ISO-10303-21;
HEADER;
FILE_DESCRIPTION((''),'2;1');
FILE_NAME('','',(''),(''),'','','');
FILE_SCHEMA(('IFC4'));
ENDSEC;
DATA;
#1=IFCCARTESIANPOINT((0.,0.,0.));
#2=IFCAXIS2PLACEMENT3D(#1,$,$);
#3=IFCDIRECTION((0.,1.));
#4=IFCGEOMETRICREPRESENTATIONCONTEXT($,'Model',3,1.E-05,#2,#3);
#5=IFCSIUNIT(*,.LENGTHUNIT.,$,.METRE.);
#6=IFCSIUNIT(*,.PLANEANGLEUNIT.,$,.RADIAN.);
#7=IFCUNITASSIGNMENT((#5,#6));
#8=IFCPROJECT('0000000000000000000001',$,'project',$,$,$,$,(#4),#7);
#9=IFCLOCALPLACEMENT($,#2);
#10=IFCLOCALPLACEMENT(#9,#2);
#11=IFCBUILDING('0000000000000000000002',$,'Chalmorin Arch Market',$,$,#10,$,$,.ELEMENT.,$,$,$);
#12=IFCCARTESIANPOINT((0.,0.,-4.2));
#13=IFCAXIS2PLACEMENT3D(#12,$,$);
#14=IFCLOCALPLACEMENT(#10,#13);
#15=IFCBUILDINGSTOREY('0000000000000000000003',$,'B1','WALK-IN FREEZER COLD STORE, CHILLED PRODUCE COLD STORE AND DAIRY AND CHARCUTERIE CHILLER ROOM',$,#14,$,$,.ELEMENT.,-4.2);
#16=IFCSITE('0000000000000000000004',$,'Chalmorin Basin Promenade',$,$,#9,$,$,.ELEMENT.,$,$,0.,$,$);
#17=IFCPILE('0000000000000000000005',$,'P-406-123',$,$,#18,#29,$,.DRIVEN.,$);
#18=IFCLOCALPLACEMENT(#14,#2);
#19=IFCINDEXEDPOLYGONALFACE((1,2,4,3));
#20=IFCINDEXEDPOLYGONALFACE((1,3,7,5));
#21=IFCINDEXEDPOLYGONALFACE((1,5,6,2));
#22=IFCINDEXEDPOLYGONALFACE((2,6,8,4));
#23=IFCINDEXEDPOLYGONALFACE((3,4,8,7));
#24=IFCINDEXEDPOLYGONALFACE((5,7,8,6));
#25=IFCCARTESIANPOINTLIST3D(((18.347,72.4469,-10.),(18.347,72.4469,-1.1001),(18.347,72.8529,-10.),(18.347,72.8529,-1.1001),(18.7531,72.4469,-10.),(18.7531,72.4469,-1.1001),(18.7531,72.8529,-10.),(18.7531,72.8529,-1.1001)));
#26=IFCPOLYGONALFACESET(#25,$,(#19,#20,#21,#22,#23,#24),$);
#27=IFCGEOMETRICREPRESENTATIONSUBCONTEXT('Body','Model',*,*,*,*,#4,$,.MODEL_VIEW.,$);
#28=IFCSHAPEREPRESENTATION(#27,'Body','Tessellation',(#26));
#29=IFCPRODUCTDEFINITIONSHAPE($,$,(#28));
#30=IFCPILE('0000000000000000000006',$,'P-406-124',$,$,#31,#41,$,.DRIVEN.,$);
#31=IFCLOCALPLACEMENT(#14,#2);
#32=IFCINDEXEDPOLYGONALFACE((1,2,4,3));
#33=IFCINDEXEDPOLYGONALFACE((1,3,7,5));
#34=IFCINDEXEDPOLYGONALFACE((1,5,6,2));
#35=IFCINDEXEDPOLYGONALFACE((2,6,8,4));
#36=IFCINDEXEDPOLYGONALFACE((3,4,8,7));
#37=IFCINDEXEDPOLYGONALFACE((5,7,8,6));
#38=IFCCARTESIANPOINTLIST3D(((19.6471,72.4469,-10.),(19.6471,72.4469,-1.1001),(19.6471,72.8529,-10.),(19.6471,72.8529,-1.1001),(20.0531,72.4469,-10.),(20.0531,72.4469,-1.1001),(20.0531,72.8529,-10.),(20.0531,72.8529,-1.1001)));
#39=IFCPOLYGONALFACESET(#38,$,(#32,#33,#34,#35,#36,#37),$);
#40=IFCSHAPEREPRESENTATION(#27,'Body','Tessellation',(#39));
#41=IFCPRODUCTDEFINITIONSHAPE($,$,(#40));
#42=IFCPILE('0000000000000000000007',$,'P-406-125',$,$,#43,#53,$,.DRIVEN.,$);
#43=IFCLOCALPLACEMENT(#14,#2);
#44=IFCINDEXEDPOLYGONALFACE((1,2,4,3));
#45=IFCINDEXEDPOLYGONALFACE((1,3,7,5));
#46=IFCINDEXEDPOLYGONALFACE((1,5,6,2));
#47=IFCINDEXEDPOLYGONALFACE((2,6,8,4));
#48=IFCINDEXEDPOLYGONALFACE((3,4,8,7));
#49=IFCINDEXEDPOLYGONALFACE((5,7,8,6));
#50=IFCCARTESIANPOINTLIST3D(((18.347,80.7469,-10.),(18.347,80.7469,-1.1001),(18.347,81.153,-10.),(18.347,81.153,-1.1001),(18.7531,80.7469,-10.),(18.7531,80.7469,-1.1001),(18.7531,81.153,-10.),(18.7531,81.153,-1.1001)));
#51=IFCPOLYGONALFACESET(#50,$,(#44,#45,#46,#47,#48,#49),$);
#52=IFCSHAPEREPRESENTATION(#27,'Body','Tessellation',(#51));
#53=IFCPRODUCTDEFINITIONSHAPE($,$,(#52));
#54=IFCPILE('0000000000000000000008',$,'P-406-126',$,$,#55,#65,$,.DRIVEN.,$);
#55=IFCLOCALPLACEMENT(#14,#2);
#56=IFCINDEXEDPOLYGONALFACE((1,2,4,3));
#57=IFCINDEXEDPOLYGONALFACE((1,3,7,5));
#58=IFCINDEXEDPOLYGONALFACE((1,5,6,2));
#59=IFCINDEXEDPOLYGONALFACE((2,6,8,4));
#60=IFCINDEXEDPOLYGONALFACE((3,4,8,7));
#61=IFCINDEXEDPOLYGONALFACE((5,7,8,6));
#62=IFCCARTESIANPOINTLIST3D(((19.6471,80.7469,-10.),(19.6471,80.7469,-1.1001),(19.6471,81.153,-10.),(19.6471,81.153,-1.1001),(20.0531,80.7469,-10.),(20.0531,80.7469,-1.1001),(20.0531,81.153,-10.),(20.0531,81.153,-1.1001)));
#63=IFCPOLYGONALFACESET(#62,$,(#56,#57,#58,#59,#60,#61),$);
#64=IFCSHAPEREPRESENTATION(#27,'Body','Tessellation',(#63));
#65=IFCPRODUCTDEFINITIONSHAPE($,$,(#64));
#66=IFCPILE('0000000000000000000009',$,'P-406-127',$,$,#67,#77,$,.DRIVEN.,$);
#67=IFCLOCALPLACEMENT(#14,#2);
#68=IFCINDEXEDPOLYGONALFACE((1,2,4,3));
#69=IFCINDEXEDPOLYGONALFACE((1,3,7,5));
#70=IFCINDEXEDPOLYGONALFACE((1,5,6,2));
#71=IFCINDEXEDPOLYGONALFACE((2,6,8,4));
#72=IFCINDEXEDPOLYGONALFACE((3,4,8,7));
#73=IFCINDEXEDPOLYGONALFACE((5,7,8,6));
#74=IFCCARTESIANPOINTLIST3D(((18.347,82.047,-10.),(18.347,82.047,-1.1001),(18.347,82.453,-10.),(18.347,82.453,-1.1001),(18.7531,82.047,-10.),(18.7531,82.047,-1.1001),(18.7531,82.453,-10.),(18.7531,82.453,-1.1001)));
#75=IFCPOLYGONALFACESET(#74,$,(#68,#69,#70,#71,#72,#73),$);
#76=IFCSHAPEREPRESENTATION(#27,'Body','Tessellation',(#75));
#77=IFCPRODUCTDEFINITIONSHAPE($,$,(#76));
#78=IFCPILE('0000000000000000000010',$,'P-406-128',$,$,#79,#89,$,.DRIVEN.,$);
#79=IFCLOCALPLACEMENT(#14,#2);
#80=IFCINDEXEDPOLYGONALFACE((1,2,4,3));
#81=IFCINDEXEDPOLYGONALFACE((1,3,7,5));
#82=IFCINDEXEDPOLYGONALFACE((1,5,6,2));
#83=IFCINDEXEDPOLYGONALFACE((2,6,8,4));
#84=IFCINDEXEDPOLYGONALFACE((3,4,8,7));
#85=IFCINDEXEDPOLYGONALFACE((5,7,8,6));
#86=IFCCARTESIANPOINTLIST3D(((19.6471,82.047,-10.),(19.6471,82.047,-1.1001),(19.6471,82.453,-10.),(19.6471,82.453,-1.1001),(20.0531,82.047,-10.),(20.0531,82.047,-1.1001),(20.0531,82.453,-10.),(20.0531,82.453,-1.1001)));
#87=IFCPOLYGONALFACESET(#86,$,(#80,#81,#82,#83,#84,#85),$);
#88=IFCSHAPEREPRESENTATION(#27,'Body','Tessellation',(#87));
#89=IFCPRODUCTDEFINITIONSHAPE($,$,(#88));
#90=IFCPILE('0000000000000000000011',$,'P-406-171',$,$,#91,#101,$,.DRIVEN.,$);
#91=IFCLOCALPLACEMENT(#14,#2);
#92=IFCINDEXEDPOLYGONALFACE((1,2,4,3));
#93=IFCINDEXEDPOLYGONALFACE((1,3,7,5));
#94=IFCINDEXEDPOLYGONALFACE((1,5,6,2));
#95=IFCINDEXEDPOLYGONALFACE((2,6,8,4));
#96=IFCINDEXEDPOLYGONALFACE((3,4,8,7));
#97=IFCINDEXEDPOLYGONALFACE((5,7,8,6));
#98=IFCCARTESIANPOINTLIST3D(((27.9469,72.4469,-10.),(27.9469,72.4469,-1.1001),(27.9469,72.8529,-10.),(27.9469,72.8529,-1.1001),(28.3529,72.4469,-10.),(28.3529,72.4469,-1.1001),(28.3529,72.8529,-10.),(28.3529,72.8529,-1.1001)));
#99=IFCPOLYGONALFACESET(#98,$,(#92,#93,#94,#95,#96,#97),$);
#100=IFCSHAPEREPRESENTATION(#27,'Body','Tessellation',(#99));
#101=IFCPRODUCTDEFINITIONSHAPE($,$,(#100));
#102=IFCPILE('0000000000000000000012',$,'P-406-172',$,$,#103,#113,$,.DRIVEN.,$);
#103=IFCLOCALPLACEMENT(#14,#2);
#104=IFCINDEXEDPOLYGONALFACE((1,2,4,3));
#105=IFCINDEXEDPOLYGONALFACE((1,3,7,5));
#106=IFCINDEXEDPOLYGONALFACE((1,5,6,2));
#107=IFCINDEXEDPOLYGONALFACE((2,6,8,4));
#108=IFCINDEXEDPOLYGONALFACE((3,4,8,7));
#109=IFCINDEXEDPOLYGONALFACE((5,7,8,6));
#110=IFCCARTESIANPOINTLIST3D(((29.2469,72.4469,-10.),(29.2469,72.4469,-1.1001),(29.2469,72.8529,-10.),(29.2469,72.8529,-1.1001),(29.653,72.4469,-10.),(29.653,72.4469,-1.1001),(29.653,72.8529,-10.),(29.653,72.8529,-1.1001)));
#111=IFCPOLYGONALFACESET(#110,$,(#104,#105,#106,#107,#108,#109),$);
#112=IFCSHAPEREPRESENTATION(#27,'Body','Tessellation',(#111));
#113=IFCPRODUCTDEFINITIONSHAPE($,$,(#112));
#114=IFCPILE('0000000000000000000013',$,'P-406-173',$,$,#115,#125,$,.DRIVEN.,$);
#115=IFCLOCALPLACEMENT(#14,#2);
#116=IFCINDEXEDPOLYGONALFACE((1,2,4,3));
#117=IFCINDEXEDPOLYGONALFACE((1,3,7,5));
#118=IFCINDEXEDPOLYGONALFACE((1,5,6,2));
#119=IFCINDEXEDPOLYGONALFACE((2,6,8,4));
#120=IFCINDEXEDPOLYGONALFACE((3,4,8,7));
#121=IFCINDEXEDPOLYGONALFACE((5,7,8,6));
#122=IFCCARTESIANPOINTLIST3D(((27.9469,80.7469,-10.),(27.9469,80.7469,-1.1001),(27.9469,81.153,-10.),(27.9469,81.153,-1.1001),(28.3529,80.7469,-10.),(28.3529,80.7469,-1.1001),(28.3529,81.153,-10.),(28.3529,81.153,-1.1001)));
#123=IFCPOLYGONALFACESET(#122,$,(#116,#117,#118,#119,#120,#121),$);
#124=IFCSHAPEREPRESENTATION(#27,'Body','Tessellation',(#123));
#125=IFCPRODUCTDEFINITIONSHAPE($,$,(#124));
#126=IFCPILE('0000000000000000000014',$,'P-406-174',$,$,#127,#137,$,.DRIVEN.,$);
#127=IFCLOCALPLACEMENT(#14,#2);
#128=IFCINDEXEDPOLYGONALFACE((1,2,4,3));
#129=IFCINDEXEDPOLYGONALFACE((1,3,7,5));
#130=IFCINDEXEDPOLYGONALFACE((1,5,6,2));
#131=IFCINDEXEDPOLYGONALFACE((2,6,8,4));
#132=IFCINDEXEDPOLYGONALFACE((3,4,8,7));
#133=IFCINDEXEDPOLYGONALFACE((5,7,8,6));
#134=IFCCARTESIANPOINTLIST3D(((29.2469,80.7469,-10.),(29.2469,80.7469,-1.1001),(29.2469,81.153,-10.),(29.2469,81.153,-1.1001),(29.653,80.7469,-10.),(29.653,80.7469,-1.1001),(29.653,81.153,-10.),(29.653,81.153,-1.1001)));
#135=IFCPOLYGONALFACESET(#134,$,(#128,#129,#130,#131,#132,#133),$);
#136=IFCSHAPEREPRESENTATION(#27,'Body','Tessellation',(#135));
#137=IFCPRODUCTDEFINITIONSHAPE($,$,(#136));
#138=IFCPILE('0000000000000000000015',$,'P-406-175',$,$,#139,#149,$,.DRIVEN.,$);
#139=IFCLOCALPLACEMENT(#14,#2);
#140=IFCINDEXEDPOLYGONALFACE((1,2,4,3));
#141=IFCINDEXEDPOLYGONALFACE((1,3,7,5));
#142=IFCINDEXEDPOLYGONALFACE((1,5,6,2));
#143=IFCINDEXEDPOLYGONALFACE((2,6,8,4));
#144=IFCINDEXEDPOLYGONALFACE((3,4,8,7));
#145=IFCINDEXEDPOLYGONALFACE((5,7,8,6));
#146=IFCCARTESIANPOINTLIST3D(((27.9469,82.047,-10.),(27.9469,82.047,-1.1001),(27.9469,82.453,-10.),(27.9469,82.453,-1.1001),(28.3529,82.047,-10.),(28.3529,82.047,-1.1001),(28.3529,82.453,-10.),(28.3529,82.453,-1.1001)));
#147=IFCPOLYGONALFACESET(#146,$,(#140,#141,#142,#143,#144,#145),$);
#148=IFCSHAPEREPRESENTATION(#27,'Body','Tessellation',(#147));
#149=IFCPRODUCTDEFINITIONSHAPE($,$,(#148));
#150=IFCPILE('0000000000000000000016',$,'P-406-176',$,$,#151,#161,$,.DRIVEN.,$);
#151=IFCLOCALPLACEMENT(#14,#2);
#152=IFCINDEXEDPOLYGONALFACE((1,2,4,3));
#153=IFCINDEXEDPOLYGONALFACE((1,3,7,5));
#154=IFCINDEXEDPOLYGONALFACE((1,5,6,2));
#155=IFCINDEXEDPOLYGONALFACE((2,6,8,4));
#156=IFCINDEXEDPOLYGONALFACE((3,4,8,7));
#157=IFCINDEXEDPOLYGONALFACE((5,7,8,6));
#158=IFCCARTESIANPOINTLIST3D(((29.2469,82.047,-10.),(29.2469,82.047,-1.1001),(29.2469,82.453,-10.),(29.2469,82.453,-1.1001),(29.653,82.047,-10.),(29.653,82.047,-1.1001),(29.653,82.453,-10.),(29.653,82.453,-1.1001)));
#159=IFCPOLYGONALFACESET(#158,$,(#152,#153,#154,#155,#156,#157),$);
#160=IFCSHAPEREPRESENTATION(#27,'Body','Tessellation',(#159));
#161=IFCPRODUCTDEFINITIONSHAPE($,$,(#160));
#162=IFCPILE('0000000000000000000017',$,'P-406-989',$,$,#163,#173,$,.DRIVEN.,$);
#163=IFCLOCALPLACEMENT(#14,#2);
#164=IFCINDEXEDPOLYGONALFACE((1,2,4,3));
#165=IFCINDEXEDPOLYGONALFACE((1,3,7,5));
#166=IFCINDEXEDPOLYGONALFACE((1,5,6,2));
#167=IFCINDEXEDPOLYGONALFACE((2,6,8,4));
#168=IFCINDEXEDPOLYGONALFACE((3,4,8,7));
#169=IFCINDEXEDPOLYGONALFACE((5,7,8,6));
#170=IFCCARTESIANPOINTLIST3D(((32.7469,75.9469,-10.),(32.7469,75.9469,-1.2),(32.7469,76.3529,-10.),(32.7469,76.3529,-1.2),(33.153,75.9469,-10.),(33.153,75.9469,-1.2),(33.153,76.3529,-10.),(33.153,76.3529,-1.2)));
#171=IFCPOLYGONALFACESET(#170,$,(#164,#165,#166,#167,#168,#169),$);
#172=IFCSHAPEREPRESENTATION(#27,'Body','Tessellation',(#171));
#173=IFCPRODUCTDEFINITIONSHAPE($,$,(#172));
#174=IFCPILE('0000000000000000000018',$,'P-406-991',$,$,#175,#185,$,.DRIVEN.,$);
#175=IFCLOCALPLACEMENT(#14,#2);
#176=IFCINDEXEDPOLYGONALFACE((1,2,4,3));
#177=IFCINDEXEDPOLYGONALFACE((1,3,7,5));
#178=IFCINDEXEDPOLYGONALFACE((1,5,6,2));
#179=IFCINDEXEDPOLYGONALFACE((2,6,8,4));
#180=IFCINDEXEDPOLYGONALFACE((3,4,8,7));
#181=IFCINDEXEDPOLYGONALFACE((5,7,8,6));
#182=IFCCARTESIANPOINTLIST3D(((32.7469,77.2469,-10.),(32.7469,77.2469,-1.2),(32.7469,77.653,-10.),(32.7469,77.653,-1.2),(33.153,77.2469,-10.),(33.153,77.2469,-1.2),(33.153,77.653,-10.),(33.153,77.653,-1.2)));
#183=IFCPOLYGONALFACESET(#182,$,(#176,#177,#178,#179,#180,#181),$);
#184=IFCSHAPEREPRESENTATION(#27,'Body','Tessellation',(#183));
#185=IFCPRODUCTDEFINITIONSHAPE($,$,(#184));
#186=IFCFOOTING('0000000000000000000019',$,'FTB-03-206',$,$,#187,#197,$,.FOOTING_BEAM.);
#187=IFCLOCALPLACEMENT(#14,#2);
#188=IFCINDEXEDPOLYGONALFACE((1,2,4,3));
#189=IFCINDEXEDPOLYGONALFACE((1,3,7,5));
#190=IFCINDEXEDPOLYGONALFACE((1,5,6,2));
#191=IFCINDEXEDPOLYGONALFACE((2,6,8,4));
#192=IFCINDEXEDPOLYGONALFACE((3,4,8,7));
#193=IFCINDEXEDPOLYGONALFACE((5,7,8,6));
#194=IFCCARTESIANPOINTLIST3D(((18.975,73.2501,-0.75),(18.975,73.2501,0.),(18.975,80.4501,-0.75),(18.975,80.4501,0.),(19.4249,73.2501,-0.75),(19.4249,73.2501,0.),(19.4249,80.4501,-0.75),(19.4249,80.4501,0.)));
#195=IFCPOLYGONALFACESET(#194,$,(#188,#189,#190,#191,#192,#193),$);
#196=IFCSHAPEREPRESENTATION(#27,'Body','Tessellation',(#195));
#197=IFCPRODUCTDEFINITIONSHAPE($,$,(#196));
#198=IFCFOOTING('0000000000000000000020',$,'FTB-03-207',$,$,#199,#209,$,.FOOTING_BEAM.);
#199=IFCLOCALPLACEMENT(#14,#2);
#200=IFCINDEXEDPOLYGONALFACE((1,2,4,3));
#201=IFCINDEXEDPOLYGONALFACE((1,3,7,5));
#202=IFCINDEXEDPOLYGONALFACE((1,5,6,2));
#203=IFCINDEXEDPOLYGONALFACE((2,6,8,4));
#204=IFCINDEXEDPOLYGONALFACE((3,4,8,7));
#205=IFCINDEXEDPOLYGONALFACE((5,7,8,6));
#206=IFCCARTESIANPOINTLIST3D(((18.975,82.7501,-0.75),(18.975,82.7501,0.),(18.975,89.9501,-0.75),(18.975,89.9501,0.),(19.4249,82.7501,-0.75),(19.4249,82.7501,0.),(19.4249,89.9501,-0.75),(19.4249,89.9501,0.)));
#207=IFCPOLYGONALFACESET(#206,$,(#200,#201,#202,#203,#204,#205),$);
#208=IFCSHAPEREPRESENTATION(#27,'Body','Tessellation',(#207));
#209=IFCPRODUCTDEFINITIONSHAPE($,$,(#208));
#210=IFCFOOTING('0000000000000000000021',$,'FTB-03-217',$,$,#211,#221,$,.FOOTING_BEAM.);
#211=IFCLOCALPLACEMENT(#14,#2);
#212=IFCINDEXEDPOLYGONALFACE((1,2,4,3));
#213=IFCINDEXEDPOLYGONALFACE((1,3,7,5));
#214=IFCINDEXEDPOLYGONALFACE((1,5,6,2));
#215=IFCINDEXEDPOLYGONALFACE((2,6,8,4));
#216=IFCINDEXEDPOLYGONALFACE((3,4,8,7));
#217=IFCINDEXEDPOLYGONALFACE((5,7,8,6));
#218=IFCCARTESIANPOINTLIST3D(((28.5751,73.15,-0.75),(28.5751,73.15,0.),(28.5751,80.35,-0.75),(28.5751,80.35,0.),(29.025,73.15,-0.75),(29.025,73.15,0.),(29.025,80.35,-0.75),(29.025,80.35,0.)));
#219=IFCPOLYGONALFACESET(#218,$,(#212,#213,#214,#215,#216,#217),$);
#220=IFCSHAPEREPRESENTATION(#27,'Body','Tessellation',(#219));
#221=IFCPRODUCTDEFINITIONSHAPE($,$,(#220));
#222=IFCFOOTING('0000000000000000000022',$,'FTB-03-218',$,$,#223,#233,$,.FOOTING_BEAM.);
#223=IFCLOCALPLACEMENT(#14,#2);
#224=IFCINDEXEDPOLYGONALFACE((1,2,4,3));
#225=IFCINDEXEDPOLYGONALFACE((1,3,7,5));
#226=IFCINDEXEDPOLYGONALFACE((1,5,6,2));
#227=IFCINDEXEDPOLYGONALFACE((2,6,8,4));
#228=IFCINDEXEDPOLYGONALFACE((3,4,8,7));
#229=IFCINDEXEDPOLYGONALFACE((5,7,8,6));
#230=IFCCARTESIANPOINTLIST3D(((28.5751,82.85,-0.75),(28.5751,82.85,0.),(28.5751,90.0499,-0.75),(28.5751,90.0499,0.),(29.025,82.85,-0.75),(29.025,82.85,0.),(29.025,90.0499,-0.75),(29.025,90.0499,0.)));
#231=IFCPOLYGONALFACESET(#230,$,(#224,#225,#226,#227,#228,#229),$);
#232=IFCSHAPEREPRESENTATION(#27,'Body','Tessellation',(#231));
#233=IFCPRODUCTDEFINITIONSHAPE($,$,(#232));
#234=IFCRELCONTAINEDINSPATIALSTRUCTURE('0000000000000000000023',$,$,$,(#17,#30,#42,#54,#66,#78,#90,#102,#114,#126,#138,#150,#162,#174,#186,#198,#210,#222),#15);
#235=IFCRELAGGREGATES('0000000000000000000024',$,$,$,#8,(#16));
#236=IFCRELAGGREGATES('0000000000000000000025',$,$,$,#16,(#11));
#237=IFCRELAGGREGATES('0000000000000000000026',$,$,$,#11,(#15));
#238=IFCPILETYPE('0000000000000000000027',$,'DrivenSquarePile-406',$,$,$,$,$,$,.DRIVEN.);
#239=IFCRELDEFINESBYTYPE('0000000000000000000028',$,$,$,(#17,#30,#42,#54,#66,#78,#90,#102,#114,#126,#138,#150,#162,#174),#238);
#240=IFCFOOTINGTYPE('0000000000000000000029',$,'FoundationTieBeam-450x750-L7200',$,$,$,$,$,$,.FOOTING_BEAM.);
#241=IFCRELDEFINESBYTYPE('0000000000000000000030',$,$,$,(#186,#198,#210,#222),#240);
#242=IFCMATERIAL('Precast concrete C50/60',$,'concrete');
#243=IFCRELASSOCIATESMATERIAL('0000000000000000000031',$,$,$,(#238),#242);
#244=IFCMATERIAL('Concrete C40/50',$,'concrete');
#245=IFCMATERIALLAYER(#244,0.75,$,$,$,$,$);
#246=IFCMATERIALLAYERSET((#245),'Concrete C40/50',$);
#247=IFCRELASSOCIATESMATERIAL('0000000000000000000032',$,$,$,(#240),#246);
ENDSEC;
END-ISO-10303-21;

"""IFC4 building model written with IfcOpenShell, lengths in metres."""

from ifc_helpers import new_model, si_unit, direction, frame, origin, origin_2d, place, context, subcontext, project, spatial, rectangle, extrude, material, layer, layer_set, material_profile, profile_set, type_object, element, save


model = new_model("IFC4")

# Units and contexts
model_context = context("Model", 3, precision=1e-05, world=origin(), true_north=direction((0.0, 1.0)))
body_context = subcontext(model_context, "Body", "Model", "MODEL_VIEW")
ifc_project = project(units=[si_unit("LENGTHUNIT", "METRE"), si_unit("PLANEANGLEUNIT", "RADIAN")], contexts=[model_context])

# Site, building, storey
site_placement = place(None, origin())
site = spatial("IfcSite", under=ifc_project, at=site_placement, Name="Chalmorin Basin Promenade", CompositionType="ELEMENT", RefElevation=0.0)
building_placement = place(site_placement, origin())
building = spatial("IfcBuilding", under=site, at=building_placement, Name="Chalmorin Arch Market", CompositionType="ELEMENT")
storey_placement = place(building_placement, frame((0.0, 0.0, -4.2)))
storey = spatial("IfcBuildingStorey", under=building, at=storey_placement, Name="B1", Description="WALK-IN FREEZER COLD STORE, CHILLED PRODUCE COLD STORE AND DAIRY AND CHARCUTERIE CHILLER ROOM", CompositionType="ELEMENT", Elevation=-4.2)

# Piles
ifc_material_1 = material(Name="Precast concrete C50/60", Category="concrete")
ifc_material_profile_1 = material_profile(ifc_material_1, rectangle(XDim=0.406, YDim=0.406, at=origin_2d()), Name="PPC406")
ifc_profile_set_1 = profile_set([ifc_material_profile_1], Name="Precast concrete C50/60")
pile_type = type_object("IfcPileType", Name="DrivenSquarePile-406", PredefinedType="DRIVEN", material=ifc_profile_set_1)
for number, where, z_axis, x_axis, name in (
    (1, (18.55, 72.6499, -1.1001), (0.0, 0.0, -1.0), (1.0, 0.0, 0.0), "P-406-123"),
    (2, (19.8501, 72.6499, -1.1001), (0.0, 0.0, -1.0), (1.0, 0.0, 0.0), "P-406-124"),
    (3, (18.55, 80.95, -1.1001), (0.0, 0.0, -1.0), (1.0, 0.0, 0.0), "P-406-125"),
    (4, (19.8501, 80.95, -1.1001), (0.0, 0.0, -1.0), (1.0, 0.0, 0.0), "P-406-126"),
    (5, (18.55, 82.25, -1.1001), (0.0, 0.0, -1.0), (1.0, 0.0, 0.0), "P-406-127"),
    (6, (19.8501, 82.25, -1.1001), (0.0, 0.0, -1.0), (1.0, 0.0, 0.0), "P-406-128"),
    (7, (28.1499, 72.6499, -1.1001), (0.0, 0.0, -1.0), (1.0, 0.0, 0.0), "P-406-171"),
    (8, (29.45, 72.6499, -1.1001), (0.0, 0.0, -1.0), (1.0, 0.0, 0.0), "P-406-172"),
    (9, (28.1499, 80.95, -1.1001), (0.0, 0.0, -1.0), (1.0, 0.0, 0.0), "P-406-173"),
    (10, (29.45, 80.95, -1.1001), (0.0, 0.0, -1.0), (1.0, 0.0, 0.0), "P-406-174"),
    (11, (28.1499, 82.25, -1.1001), (0.0, 0.0, -1.0), (1.0, 0.0, 0.0), "P-406-175"),
    (12, (29.45, 82.25, -1.1001), (0.0, 0.0, -1.0), (1.0, 0.0, 0.0), "P-406-176"),
):
    element("IfcPile", number, at=place(storey_placement, frame(where, z_axis=z_axis, x_axis=x_axis)), inside=storey, type_object=pile_type, Name=name, PredefinedType="DRIVEN", context=body_context, shape_type="SweptSolid", body=[
        extrude(rectangle(XDim=0.406, YDim=0.406, at=origin_2d()), origin(), (0.0, 0.0, 1.0), 8.8999),
    ])
for number, where, z_axis, x_axis, name in (
    (13, (32.95, 76.1499, -1.2), (0.0, 0.0, -1.0), (1.0, 0.0, 0.0), "P-406-989"),
    (14, (32.95, 77.45, -1.2), (0.0, 0.0, -1.0), (1.0, 0.0, 0.0), "P-406-991"),
):
    element("IfcPile", number, at=place(storey_placement, frame(where, z_axis=z_axis, x_axis=x_axis)), inside=storey, type_object=pile_type, Name=name, PredefinedType="DRIVEN", context=body_context, shape_type="SweptSolid", body=[
        extrude(rectangle(XDim=0.406, YDim=0.406, at=origin_2d()), origin(), (0.0, 0.0, 1.0), 8.8),
    ])

# Footings
ifc_material_2 = material(Name="Concrete C40/50", Category="concrete")
ifc_layer_1 = layer(ifc_material_2, 0.75)
ifc_layer_set_1 = layer_set([ifc_layer_1], Name="Concrete C40/50")
footing_type_1 = type_object("IfcFootingType", Name="FoundationTieBeam-450x750-L7200", PredefinedType="FOOTING_BEAM", material=ifc_layer_set_1)
for number, where, z_axis, x_axis, name in (
    (15, (19.2, 76.8501, -0.75), (0.0, 0.0, 1.0), (0.0, 1.0, 0.0), "FTB-03-206"),
    (16, (19.2, 86.3501, -0.75), (0.0, 0.0, 1.0), (0.0, 1.0, 0.0), "FTB-03-207"),
    (17, (28.8, 76.75, -0.75), (0.0, 0.0, 1.0), (0.0, 1.0, 0.0), "FTB-03-217"),
    (18, (28.8, 86.45, -0.75), (0.0, 0.0, 1.0), (0.0, 1.0, 0.0), "FTB-03-218"),
):
    element("IfcFooting", number, at=place(storey_placement, frame(where, z_axis=z_axis, x_axis=x_axis)), inside=storey, type_object=footing_type_1, Name=name, PredefinedType="FOOTING_BEAM", context=body_context, shape_type="SweptSolid", body=[
        extrude(rectangle(XDim=7.2, YDim=0.45, at=origin_2d()), origin(), (0.0, 0.0, 1.0), 0.75),
    ])

save(model, "model.ifc")
